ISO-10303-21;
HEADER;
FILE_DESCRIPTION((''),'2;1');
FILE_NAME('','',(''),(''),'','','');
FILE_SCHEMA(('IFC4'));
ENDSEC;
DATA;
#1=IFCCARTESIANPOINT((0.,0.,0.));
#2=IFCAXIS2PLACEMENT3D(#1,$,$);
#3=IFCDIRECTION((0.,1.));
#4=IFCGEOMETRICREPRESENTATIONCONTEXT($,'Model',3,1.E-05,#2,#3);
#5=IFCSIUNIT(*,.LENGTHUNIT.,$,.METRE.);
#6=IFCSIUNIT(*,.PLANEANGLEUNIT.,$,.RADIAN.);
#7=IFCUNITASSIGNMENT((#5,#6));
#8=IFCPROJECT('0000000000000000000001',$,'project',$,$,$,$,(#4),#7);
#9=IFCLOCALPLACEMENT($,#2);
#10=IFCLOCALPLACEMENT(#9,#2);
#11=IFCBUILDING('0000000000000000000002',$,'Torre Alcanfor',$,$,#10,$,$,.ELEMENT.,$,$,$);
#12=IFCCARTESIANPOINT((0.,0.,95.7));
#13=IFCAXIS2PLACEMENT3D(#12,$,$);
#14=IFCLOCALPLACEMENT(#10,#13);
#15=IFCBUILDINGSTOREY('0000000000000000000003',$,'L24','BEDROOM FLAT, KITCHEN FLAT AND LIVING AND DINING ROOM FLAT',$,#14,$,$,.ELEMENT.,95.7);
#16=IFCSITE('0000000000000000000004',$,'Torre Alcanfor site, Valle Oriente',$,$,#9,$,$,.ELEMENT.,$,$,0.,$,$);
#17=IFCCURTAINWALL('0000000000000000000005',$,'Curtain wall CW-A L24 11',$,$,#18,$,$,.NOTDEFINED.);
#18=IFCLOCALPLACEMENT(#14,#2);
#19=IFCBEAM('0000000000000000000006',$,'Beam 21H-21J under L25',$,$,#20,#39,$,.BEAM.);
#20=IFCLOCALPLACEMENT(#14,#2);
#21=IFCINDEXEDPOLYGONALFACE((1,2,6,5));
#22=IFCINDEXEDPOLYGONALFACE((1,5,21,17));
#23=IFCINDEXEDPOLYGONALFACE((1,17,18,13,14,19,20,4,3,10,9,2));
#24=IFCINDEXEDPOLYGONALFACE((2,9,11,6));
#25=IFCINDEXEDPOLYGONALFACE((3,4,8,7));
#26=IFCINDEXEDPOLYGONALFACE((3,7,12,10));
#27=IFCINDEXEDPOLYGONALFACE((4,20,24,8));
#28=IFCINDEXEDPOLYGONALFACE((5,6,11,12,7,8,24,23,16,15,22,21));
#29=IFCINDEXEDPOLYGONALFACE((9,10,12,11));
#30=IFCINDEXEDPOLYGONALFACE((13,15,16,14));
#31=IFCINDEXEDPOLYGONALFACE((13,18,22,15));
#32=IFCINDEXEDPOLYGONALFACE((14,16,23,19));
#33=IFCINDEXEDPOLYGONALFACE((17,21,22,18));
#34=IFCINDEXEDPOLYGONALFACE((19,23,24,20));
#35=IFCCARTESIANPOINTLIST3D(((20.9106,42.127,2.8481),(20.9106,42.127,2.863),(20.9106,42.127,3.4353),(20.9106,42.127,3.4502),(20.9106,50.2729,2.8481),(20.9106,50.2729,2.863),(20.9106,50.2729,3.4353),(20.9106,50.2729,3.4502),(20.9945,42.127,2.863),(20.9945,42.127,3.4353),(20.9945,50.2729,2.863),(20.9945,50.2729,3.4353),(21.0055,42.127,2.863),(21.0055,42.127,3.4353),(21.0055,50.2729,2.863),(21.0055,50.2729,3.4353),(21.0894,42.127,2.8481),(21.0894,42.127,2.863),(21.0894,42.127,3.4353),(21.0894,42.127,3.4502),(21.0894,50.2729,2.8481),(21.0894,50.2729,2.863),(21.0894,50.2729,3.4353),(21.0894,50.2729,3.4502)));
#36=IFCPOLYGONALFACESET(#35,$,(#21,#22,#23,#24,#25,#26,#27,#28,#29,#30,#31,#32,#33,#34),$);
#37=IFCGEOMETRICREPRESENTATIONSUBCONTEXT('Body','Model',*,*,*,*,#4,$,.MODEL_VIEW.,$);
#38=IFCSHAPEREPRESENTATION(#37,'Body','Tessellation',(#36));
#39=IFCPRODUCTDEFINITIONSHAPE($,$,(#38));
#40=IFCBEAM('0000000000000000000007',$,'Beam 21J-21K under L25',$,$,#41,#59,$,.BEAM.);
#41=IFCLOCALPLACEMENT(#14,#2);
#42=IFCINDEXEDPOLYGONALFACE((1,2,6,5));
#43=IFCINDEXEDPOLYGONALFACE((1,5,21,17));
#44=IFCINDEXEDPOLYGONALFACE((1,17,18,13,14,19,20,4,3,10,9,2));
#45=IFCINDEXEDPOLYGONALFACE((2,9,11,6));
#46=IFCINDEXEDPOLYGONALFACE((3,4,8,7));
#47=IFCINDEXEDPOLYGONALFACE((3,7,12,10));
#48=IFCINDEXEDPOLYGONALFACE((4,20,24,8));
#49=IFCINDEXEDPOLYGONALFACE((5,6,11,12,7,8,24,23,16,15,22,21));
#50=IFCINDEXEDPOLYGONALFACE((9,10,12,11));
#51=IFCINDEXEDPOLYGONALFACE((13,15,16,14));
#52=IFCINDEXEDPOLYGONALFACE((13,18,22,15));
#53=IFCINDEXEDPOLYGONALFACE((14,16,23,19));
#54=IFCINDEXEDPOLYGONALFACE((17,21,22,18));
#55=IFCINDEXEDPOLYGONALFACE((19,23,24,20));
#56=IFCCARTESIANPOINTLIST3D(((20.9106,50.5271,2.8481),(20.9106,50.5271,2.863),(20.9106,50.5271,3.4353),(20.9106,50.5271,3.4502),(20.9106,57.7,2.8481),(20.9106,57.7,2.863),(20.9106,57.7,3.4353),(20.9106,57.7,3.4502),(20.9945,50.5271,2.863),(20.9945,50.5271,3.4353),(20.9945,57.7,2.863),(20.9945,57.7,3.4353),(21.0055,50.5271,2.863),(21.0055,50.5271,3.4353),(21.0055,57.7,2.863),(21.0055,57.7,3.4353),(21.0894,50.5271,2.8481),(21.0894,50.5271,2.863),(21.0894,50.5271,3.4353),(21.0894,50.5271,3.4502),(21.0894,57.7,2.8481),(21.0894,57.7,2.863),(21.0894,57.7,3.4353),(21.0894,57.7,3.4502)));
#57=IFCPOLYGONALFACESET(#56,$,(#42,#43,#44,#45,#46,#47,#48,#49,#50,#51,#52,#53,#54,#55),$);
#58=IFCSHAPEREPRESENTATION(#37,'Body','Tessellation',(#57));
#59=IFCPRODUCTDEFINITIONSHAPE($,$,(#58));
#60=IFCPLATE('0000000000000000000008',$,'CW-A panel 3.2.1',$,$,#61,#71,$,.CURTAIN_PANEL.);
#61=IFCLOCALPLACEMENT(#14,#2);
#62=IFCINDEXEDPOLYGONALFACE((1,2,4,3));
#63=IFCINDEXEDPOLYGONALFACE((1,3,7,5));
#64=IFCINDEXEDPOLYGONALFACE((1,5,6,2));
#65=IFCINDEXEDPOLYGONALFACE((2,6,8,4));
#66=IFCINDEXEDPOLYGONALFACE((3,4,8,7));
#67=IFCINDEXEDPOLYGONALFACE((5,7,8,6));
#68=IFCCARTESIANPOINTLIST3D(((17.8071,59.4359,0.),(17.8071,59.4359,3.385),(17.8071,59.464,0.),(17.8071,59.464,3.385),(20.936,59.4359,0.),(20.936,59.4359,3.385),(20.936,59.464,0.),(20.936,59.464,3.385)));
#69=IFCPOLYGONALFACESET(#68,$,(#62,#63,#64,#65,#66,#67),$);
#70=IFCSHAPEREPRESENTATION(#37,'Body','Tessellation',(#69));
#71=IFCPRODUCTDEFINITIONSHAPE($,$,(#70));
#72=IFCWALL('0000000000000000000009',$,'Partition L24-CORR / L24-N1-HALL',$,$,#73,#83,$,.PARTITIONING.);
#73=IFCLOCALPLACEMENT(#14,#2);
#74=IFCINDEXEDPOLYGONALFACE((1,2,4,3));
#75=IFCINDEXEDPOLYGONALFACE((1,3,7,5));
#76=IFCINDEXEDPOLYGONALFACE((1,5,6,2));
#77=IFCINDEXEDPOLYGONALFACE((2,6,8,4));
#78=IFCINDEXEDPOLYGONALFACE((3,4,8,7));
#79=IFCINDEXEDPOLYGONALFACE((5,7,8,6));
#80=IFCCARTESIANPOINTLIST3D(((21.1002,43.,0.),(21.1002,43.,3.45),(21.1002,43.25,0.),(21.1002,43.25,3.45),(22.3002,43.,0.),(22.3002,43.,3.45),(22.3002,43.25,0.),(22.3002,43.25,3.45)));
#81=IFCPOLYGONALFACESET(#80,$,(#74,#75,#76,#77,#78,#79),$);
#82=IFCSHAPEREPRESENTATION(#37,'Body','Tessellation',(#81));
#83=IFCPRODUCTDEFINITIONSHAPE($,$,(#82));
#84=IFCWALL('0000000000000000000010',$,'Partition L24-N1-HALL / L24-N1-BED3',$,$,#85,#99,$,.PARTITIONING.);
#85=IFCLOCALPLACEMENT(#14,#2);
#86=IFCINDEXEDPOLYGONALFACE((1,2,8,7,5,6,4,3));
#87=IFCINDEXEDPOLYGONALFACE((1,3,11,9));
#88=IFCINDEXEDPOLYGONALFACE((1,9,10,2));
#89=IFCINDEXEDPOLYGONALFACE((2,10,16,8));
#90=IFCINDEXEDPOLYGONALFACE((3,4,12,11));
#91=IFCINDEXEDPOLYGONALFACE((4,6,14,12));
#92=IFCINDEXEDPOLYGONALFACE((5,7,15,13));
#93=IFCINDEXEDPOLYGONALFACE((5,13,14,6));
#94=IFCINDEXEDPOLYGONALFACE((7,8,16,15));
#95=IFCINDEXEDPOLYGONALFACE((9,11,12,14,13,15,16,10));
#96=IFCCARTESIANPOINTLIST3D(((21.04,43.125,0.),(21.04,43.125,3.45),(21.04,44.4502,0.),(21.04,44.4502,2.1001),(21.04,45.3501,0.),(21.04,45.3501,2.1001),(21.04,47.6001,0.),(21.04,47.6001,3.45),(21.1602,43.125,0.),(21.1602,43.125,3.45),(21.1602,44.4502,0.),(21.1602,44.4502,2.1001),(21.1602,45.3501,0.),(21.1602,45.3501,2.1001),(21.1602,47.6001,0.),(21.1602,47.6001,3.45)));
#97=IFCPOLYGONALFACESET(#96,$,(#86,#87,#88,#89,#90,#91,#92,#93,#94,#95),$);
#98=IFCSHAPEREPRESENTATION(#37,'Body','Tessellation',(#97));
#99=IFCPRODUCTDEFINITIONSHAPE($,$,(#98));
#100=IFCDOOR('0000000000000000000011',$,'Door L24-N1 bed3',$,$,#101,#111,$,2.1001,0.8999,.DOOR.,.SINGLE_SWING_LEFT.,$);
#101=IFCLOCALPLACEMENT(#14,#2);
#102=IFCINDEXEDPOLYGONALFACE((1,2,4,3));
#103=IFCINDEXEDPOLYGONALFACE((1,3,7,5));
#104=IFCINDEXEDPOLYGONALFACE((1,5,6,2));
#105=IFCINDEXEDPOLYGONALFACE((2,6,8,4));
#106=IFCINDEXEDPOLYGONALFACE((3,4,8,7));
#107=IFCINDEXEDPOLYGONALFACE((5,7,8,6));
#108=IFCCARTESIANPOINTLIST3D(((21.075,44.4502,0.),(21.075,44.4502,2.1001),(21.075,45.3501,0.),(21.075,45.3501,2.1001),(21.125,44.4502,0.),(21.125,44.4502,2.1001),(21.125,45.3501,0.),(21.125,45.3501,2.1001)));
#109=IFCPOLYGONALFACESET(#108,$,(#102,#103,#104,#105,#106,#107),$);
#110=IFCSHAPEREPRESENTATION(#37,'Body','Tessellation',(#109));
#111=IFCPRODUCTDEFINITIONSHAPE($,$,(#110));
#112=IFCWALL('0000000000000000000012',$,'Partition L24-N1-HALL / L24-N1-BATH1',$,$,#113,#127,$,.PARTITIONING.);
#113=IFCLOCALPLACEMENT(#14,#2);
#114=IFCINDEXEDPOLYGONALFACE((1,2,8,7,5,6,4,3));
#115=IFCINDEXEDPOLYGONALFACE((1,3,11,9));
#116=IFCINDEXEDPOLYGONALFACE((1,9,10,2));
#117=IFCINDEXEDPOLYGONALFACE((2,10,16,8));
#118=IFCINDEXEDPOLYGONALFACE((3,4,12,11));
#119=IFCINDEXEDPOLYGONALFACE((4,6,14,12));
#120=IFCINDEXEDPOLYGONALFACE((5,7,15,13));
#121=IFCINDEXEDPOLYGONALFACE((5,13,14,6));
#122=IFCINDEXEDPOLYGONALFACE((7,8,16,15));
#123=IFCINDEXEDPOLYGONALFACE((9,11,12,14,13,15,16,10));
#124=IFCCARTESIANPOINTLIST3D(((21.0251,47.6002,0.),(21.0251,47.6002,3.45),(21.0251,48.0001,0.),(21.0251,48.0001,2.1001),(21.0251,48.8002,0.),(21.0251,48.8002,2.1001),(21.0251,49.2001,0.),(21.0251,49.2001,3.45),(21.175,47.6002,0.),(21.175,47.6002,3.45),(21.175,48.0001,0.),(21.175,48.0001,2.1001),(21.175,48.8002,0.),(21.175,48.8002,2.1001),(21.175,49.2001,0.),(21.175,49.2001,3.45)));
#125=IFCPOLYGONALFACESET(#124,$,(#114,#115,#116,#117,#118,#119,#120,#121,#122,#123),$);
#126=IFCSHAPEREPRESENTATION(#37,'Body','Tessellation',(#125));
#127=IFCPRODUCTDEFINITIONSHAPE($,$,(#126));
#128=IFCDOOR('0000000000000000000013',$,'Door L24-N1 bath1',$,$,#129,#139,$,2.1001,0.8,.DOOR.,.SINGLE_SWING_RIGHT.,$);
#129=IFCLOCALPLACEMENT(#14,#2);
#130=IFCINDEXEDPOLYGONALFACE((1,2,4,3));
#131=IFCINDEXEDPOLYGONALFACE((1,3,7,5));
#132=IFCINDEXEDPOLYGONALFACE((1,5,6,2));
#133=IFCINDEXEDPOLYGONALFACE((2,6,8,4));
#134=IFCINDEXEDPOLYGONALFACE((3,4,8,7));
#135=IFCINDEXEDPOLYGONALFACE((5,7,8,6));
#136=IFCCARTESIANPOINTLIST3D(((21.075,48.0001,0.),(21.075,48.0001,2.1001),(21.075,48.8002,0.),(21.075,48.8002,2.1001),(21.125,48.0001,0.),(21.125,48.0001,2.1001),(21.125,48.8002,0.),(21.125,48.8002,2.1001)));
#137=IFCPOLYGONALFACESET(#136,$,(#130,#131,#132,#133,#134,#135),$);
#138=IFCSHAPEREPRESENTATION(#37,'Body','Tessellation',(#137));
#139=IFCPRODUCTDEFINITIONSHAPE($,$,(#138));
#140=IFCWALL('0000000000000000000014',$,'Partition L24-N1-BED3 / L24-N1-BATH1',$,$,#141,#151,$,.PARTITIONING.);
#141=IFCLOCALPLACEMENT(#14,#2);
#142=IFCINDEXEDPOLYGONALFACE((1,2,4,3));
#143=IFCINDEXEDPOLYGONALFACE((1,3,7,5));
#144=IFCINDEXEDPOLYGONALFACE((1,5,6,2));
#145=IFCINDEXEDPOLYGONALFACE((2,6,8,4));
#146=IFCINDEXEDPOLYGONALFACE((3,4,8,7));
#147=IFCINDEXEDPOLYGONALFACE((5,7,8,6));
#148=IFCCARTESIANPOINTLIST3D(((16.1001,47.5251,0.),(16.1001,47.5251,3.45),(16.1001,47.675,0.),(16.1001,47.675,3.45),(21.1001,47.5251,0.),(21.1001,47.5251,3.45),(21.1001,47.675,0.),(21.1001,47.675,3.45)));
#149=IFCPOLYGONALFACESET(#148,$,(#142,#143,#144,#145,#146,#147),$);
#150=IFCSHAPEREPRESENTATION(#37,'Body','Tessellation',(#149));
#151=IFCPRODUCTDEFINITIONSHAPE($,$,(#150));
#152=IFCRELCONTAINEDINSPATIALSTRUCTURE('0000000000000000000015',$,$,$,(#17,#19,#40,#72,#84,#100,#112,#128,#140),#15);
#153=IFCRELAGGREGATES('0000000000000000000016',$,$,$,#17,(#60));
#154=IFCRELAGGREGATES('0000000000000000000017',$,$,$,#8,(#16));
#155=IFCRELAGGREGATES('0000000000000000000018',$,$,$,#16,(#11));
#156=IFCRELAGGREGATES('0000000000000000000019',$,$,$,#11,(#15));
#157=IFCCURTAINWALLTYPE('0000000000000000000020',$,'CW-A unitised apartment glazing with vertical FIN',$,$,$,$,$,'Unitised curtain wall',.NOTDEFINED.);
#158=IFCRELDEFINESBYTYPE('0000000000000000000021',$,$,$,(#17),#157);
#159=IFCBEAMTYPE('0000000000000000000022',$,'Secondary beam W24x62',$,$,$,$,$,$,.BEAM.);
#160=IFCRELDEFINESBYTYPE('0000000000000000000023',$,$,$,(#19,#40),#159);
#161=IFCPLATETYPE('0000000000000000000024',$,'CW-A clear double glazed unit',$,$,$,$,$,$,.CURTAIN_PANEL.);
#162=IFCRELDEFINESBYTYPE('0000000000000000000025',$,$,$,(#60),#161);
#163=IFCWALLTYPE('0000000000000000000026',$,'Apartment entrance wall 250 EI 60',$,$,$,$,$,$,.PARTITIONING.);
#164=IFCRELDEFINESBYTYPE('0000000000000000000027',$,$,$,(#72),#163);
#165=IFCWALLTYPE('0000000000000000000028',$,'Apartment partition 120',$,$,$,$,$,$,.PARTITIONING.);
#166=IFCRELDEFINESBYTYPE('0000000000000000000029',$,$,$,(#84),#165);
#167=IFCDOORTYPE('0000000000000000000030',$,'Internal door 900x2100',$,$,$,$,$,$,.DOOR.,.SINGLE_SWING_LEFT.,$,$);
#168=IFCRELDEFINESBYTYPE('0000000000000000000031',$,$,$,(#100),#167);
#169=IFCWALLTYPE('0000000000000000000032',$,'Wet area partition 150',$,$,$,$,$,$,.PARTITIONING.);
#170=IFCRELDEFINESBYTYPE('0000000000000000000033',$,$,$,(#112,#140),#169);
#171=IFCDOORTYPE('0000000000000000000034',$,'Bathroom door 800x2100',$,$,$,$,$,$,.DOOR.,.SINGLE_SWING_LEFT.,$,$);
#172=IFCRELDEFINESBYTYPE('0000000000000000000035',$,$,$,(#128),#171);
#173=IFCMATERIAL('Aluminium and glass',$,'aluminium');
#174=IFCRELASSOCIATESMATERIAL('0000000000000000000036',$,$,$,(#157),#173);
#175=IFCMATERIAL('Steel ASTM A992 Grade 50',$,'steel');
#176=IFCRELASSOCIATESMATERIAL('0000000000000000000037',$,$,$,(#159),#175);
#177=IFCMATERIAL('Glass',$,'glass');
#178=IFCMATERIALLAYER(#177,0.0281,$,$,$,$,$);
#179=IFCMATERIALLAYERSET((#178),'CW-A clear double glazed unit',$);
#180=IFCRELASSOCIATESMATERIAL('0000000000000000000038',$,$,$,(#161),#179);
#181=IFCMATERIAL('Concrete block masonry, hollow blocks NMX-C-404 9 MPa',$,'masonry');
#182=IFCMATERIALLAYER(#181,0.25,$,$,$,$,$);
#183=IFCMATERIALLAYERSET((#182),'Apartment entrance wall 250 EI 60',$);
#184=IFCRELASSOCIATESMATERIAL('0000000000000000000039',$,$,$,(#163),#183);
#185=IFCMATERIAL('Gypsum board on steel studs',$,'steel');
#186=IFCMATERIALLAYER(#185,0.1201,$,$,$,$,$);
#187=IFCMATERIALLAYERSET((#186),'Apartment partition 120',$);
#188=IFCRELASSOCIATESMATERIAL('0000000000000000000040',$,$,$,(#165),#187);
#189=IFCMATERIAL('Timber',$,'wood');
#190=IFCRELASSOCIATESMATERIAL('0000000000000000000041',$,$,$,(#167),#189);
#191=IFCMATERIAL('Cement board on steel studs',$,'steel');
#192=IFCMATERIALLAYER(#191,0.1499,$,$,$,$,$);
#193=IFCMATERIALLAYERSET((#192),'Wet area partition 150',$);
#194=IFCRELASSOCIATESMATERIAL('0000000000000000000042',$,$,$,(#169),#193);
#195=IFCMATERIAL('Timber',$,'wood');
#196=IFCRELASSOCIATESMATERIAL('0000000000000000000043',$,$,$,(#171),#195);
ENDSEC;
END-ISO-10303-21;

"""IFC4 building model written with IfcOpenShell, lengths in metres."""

from ifc_helpers import new_model, si_unit, direction, frame, frame_2d, origin, origin_2d, place, context, subcontext, project, spatial, rectangle, i_section, extrude, material, layer, layer_set, material_profile, profile_set, type_object, element, fill, aggregate, save


model = new_model("IFC4")

# Units and contexts
model_context = context("Model", 3, precision=1e-05, world=origin(), true_north=direction((0.0, 1.0)))
body_context = subcontext(model_context, "Body", "Model", "MODEL_VIEW")
ifc_project = project(units=[si_unit("LENGTHUNIT", "METRE"), si_unit("PLANEANGLEUNIT", "RADIAN")], contexts=[model_context])

# Site, building, storey
site_placement = place(None, origin())
site = spatial("IfcSite", under=ifc_project, at=site_placement, Name="Torre Alcanfor site, Valle Oriente", CompositionType="ELEMENT", RefElevation=0.0)
building_placement = place(site_placement, origin())
building = spatial("IfcBuilding", under=site, at=building_placement, Name="Torre Alcanfor", CompositionType="ELEMENT")
storey_placement = place(building_placement, frame((0.0, 0.0, 95.7)))
storey = spatial("IfcBuildingStorey", under=building, at=storey_placement, Name="L24", Description="BEDROOM FLAT, KITCHEN FLAT AND LIVING AND DINING ROOM FLAT", CompositionType="ELEMENT", Elevation=95.7)

# Curtain wall
ifc_material_1 = material(Name="Aluminium and glass", Category="aluminium")
curtain_wall_type = type_object("IfcCurtainWallType", Name="CW-A unitised apartment glazing with vertical FIN", ElementType="Unitised curtain wall", PredefinedType="NOTDEFINED", material=ifc_material_1)
curtain_wall_placement = place(storey_placement, origin())
curtain_wall = element("IfcCurtainWall", 1, at=curtain_wall_placement, inside=storey, type_object=curtain_wall_type, Name="Curtain wall CW-A L24 11", PredefinedType="NOTDEFINED")

# Beams
ifc_material_2 = material(Name="Steel ASTM A992 Grade 50", Category="steel")
ifc_material_profile_1 = material_profile(ifc_material_2, i_section(OverallWidth=0.1787, OverallDepth=0.6021, WebThickness=0.011, FlangeThickness=0.0149, at=origin_2d()), Name="W24x62")
ifc_profile_set_1 = profile_set([ifc_material_profile_1], Name="Steel ASTM A992 Grade 50")
beam_type_1 = type_object("IfcBeamType", Name="Secondary beam W24x62", PredefinedType="BEAM", material=ifc_profile_set_1)
beam_1_placement = place(storey_placement, frame((21.0, 42.127, 3.1492), z_axis=(0.0, 1.0, 0.0), x_axis=(-1.0, 0.0, 0.0)))
element("IfcBeam", 2, at=beam_1_placement, inside=storey, type_object=beam_type_1, Name="Beam 21H-21J under L25", PredefinedType="BEAM", context=body_context, shape_type="SweptSolid", body=[
    extrude(i_section(OverallWidth=0.1787, OverallDepth=0.6021, WebThickness=0.011, FlangeThickness=0.0149, at=origin_2d()), origin(), (0.0, 0.0, 1.0), 8.146),
])
beam_2_placement = place(storey_placement, frame((21.0, 50.5271, 3.1492), z_axis=(0.0, 1.0, 0.0), x_axis=(-1.0, 0.0, 0.0)))
element("IfcBeam", 3, at=beam_2_placement, inside=storey, type_object=beam_type_1, Name="Beam 21J-21K under L25", PredefinedType="BEAM", context=body_context, shape_type="SweptSolid", body=[
    extrude(i_section(OverallWidth=0.1787, OverallDepth=0.6021, WebThickness=0.011, FlangeThickness=0.0149, at=origin_2d()), origin(), (0.0, 0.0, 1.0), 7.1729),
])

# Plate
ifc_material_3 = material(Name="Glass", Category="glass")
ifc_layer_1 = layer(ifc_material_3, 0.0281)
ifc_layer_set_1 = layer_set([ifc_layer_1], Name="CW-A clear double glazed unit")
plate_type = type_object("IfcPlateType", Name="CW-A clear double glazed unit", PredefinedType="CURTAIN_PANEL", material=ifc_layer_set_1)
plate_placement = place(storey_placement, frame((19.3716, 59.45, 0.0), z_axis=(0.0, 0.0, 1.0), x_axis=(-1.0, 0.0, 0.0)))
plate = element("IfcPlate", 4, at=plate_placement, type_object=plate_type, Name="CW-A panel 3.2.1", PredefinedType="CURTAIN_PANEL", context=body_context, shape_type="SweptSolid", body=[
    extrude(rectangle(XDim=3.1289, YDim=0.0281, at=origin_2d()), origin(), (0.0, 0.0, 1.0), 3.385),
])
aggregate(curtain_wall, [plate])

# Wall
ifc_material_4 = material(Name="Concrete block masonry, hollow blocks NMX-C-404 9 MPa", Category="masonry")
ifc_layer_2 = layer(ifc_material_4, 0.25)
ifc_layer_set_2 = layer_set([ifc_layer_2], Name="Apartment entrance wall 250 EI 60")
wall_type_1 = type_object("IfcWallType", Name="Apartment entrance wall 250 EI 60", PredefinedType="PARTITIONING", material=ifc_layer_set_2)
wall_1_placement = place(storey_placement, frame((21.1001, 43.125, 0.0), z_axis=(0.0, 0.0, 1.0), x_axis=(1.0, 0.0, 0.0)))
element("IfcWall", 5, at=wall_1_placement, inside=storey, type_object=wall_type_1, Name="Partition L24-CORR / L24-N1-HALL", PredefinedType="PARTITIONING", context=body_context, shape_type="SweptSolid", body=[
    extrude(rectangle(XDim=1.2, YDim=0.25, at=frame_2d((0.6001, 0.0))), origin(), (0.0, 0.0, 1.0), 3.45),
])

# Wall, opening, door
ifc_material_5 = material(Name="Gypsum board on steel studs", Category="steel")
ifc_layer_3 = layer(ifc_material_5, 0.1201)
ifc_layer_set_3 = layer_set([ifc_layer_3], Name="Apartment partition 120")
wall_type_2 = type_object("IfcWallType", Name="Apartment partition 120", PredefinedType="PARTITIONING", material=ifc_layer_set_3)
wall_2_placement = place(storey_placement, frame((21.1001, 47.6001, 0.0), z_axis=(0.0, 0.0, 1.0), x_axis=(0.0, -1.0, 0.0)))
wall_2 = element("IfcWall", 6, at=wall_2_placement, inside=storey, type_object=wall_type_2, Name="Partition L24-N1-HALL / L24-N1-BED3", PredefinedType="PARTITIONING", context=body_context, shape_type="SweptSolid", body=[
    extrude(rectangle(XDim=4.4751, YDim=0.1201, at=frame_2d((2.2375, 0.0))), origin(), (0.0, 0.0, 1.0), 3.45),
])
opening_1_placement = place(wall_2_placement, frame((2.25, 0.0, 0.0)))
opening_1 = element("IfcOpeningElement", 7, at=opening_1_placement, cuts=wall_2, PredefinedType="OPENING", context=body_context, shape_type="SweptSolid", body=[
    extrude(rectangle(XDim=0.8999, YDim=2.1001, at=frame_2d((0.45, 1.05))), frame((0.0, 0.0701, 0.0), z_axis=(0.0, -1.0, 0.0), x_axis=(1.0, 0.0, 0.0)), (0.0, 0.0, 1.0), 0.1401),
])
ifc_material_6 = material(Name="Timber", Category="wood")
door_type_1 = type_object("IfcDoorType", Name="Internal door 900x2100", OperationType="SINGLE_SWING_LEFT", PredefinedType="DOOR", material=ifc_material_6)
door_1_placement = place(opening_1_placement, frame((0.8999, 0.0, 0.0), z_axis=(0.0, 0.0, 1.0), x_axis=(-1.0, 0.0, 0.0)))
door_1 = element("IfcDoor", 8, at=door_1_placement, inside=storey, type_object=door_type_1, Name="Door L24-N1 bed3", OperationType="SINGLE_SWING_LEFT", OverallHeight=2.1001, OverallWidth=0.8999, PredefinedType="DOOR", context=body_context, shape_type="SweptSolid", body=[
    extrude(rectangle(XDim=0.8999, YDim=2.1001, at=frame_2d((0.45, 1.05))), frame((0.0, 0.0251, 0.0), z_axis=(0.0, -1.0, 0.0), x_axis=(1.0, 0.0, 0.0)), (0.0, 0.0, 1.0), 0.05),
])
fill(opening_1, door_1)

# Wall, opening, door
ifc_material_7 = material(Name="Cement board on steel studs", Category="steel")
ifc_layer_4 = layer(ifc_material_7, 0.1499)
ifc_layer_set_4 = layer_set([ifc_layer_4], Name="Wet area partition 150")
wall_type_3 = type_object("IfcWallType", Name="Wet area partition 150", PredefinedType="PARTITIONING", material=ifc_layer_set_4)
wall_3_placement = place(storey_placement, frame((21.1001, 49.2, 0.0), z_axis=(0.0, 0.0, 1.0), x_axis=(0.0, -1.0, 0.0)))
wall_3 = element("IfcWall", 9, at=wall_3_placement, inside=storey, type_object=wall_type_3, Name="Partition L24-N1-HALL / L24-N1-BATH1", PredefinedType="PARTITIONING", context=body_context, shape_type="SweptSolid", body=[
    extrude(rectangle(XDim=1.5999, YDim=0.1499, at=frame_2d((0.7998, 0.0))), origin(), (0.0, 0.0, 1.0), 3.45),
])
opening_2_placement = place(wall_3_placement, frame((0.3999, 0.0, 0.0)))
opening_2 = element("IfcOpeningElement", 10, at=opening_2_placement, cuts=wall_3, PredefinedType="OPENING", context=body_context, shape_type="SweptSolid", body=[
    extrude(rectangle(XDim=0.8, YDim=2.1001, at=frame_2d((0.3999, 1.05))), frame((0.0, 0.085, 0.0), z_axis=(0.0, -1.0, 0.0), x_axis=(1.0, 0.0, 0.0)), (0.0, 0.0, 1.0), 0.1699),
])
ifc_material_8 = material(Name="Timber", Category="wood")
door_type_2 = type_object("IfcDoorType", Name="Bathroom door 800x2100", OperationType="SINGLE_SWING_LEFT", PredefinedType="DOOR", material=ifc_material_8)
door_2_placement = place(opening_2_placement, frame((0.8, 0.0, 0.0), z_axis=(0.0, 0.0, 1.0), x_axis=(-1.0, 0.0, 0.0)))
door_2 = element("IfcDoor", 11, at=door_2_placement, inside=storey, type_object=door_type_2, Name="Door L24-N1 bath1", OperationType="SINGLE_SWING_RIGHT", OverallHeight=2.1001, OverallWidth=0.8, PredefinedType="DOOR", context=body_context, shape_type="SweptSolid", body=[
    extrude(rectangle(XDim=0.8, YDim=2.1001, at=frame_2d((0.4001, 1.05))), frame((0.0, 0.0251, 0.0), z_axis=(0.0, -1.0, 0.0), x_axis=(1.0, 0.0, 0.0)), (0.0, 0.0, 1.0), 0.05),
])
fill(opening_2, door_2)

# Wall
wall_4_placement = place(storey_placement, frame((21.1001, 47.6001, 0.0), z_axis=(0.0, 0.0, 1.0), x_axis=(-1.0, 0.0, 0.0)))
element("IfcWall", 12, at=wall_4_placement, inside=storey, type_object=wall_type_3, Name="Partition L24-N1-BED3 / L24-N1-BATH1", PredefinedType="PARTITIONING", context=body_context, shape_type="SweptSolid", body=[
    extrude(rectangle(XDim=5.0, YDim=0.1499, at=frame_2d((2.5, 0.0))), origin(), (0.0, 0.0, 1.0), 3.45),
])

save(model, "model.ifc")
